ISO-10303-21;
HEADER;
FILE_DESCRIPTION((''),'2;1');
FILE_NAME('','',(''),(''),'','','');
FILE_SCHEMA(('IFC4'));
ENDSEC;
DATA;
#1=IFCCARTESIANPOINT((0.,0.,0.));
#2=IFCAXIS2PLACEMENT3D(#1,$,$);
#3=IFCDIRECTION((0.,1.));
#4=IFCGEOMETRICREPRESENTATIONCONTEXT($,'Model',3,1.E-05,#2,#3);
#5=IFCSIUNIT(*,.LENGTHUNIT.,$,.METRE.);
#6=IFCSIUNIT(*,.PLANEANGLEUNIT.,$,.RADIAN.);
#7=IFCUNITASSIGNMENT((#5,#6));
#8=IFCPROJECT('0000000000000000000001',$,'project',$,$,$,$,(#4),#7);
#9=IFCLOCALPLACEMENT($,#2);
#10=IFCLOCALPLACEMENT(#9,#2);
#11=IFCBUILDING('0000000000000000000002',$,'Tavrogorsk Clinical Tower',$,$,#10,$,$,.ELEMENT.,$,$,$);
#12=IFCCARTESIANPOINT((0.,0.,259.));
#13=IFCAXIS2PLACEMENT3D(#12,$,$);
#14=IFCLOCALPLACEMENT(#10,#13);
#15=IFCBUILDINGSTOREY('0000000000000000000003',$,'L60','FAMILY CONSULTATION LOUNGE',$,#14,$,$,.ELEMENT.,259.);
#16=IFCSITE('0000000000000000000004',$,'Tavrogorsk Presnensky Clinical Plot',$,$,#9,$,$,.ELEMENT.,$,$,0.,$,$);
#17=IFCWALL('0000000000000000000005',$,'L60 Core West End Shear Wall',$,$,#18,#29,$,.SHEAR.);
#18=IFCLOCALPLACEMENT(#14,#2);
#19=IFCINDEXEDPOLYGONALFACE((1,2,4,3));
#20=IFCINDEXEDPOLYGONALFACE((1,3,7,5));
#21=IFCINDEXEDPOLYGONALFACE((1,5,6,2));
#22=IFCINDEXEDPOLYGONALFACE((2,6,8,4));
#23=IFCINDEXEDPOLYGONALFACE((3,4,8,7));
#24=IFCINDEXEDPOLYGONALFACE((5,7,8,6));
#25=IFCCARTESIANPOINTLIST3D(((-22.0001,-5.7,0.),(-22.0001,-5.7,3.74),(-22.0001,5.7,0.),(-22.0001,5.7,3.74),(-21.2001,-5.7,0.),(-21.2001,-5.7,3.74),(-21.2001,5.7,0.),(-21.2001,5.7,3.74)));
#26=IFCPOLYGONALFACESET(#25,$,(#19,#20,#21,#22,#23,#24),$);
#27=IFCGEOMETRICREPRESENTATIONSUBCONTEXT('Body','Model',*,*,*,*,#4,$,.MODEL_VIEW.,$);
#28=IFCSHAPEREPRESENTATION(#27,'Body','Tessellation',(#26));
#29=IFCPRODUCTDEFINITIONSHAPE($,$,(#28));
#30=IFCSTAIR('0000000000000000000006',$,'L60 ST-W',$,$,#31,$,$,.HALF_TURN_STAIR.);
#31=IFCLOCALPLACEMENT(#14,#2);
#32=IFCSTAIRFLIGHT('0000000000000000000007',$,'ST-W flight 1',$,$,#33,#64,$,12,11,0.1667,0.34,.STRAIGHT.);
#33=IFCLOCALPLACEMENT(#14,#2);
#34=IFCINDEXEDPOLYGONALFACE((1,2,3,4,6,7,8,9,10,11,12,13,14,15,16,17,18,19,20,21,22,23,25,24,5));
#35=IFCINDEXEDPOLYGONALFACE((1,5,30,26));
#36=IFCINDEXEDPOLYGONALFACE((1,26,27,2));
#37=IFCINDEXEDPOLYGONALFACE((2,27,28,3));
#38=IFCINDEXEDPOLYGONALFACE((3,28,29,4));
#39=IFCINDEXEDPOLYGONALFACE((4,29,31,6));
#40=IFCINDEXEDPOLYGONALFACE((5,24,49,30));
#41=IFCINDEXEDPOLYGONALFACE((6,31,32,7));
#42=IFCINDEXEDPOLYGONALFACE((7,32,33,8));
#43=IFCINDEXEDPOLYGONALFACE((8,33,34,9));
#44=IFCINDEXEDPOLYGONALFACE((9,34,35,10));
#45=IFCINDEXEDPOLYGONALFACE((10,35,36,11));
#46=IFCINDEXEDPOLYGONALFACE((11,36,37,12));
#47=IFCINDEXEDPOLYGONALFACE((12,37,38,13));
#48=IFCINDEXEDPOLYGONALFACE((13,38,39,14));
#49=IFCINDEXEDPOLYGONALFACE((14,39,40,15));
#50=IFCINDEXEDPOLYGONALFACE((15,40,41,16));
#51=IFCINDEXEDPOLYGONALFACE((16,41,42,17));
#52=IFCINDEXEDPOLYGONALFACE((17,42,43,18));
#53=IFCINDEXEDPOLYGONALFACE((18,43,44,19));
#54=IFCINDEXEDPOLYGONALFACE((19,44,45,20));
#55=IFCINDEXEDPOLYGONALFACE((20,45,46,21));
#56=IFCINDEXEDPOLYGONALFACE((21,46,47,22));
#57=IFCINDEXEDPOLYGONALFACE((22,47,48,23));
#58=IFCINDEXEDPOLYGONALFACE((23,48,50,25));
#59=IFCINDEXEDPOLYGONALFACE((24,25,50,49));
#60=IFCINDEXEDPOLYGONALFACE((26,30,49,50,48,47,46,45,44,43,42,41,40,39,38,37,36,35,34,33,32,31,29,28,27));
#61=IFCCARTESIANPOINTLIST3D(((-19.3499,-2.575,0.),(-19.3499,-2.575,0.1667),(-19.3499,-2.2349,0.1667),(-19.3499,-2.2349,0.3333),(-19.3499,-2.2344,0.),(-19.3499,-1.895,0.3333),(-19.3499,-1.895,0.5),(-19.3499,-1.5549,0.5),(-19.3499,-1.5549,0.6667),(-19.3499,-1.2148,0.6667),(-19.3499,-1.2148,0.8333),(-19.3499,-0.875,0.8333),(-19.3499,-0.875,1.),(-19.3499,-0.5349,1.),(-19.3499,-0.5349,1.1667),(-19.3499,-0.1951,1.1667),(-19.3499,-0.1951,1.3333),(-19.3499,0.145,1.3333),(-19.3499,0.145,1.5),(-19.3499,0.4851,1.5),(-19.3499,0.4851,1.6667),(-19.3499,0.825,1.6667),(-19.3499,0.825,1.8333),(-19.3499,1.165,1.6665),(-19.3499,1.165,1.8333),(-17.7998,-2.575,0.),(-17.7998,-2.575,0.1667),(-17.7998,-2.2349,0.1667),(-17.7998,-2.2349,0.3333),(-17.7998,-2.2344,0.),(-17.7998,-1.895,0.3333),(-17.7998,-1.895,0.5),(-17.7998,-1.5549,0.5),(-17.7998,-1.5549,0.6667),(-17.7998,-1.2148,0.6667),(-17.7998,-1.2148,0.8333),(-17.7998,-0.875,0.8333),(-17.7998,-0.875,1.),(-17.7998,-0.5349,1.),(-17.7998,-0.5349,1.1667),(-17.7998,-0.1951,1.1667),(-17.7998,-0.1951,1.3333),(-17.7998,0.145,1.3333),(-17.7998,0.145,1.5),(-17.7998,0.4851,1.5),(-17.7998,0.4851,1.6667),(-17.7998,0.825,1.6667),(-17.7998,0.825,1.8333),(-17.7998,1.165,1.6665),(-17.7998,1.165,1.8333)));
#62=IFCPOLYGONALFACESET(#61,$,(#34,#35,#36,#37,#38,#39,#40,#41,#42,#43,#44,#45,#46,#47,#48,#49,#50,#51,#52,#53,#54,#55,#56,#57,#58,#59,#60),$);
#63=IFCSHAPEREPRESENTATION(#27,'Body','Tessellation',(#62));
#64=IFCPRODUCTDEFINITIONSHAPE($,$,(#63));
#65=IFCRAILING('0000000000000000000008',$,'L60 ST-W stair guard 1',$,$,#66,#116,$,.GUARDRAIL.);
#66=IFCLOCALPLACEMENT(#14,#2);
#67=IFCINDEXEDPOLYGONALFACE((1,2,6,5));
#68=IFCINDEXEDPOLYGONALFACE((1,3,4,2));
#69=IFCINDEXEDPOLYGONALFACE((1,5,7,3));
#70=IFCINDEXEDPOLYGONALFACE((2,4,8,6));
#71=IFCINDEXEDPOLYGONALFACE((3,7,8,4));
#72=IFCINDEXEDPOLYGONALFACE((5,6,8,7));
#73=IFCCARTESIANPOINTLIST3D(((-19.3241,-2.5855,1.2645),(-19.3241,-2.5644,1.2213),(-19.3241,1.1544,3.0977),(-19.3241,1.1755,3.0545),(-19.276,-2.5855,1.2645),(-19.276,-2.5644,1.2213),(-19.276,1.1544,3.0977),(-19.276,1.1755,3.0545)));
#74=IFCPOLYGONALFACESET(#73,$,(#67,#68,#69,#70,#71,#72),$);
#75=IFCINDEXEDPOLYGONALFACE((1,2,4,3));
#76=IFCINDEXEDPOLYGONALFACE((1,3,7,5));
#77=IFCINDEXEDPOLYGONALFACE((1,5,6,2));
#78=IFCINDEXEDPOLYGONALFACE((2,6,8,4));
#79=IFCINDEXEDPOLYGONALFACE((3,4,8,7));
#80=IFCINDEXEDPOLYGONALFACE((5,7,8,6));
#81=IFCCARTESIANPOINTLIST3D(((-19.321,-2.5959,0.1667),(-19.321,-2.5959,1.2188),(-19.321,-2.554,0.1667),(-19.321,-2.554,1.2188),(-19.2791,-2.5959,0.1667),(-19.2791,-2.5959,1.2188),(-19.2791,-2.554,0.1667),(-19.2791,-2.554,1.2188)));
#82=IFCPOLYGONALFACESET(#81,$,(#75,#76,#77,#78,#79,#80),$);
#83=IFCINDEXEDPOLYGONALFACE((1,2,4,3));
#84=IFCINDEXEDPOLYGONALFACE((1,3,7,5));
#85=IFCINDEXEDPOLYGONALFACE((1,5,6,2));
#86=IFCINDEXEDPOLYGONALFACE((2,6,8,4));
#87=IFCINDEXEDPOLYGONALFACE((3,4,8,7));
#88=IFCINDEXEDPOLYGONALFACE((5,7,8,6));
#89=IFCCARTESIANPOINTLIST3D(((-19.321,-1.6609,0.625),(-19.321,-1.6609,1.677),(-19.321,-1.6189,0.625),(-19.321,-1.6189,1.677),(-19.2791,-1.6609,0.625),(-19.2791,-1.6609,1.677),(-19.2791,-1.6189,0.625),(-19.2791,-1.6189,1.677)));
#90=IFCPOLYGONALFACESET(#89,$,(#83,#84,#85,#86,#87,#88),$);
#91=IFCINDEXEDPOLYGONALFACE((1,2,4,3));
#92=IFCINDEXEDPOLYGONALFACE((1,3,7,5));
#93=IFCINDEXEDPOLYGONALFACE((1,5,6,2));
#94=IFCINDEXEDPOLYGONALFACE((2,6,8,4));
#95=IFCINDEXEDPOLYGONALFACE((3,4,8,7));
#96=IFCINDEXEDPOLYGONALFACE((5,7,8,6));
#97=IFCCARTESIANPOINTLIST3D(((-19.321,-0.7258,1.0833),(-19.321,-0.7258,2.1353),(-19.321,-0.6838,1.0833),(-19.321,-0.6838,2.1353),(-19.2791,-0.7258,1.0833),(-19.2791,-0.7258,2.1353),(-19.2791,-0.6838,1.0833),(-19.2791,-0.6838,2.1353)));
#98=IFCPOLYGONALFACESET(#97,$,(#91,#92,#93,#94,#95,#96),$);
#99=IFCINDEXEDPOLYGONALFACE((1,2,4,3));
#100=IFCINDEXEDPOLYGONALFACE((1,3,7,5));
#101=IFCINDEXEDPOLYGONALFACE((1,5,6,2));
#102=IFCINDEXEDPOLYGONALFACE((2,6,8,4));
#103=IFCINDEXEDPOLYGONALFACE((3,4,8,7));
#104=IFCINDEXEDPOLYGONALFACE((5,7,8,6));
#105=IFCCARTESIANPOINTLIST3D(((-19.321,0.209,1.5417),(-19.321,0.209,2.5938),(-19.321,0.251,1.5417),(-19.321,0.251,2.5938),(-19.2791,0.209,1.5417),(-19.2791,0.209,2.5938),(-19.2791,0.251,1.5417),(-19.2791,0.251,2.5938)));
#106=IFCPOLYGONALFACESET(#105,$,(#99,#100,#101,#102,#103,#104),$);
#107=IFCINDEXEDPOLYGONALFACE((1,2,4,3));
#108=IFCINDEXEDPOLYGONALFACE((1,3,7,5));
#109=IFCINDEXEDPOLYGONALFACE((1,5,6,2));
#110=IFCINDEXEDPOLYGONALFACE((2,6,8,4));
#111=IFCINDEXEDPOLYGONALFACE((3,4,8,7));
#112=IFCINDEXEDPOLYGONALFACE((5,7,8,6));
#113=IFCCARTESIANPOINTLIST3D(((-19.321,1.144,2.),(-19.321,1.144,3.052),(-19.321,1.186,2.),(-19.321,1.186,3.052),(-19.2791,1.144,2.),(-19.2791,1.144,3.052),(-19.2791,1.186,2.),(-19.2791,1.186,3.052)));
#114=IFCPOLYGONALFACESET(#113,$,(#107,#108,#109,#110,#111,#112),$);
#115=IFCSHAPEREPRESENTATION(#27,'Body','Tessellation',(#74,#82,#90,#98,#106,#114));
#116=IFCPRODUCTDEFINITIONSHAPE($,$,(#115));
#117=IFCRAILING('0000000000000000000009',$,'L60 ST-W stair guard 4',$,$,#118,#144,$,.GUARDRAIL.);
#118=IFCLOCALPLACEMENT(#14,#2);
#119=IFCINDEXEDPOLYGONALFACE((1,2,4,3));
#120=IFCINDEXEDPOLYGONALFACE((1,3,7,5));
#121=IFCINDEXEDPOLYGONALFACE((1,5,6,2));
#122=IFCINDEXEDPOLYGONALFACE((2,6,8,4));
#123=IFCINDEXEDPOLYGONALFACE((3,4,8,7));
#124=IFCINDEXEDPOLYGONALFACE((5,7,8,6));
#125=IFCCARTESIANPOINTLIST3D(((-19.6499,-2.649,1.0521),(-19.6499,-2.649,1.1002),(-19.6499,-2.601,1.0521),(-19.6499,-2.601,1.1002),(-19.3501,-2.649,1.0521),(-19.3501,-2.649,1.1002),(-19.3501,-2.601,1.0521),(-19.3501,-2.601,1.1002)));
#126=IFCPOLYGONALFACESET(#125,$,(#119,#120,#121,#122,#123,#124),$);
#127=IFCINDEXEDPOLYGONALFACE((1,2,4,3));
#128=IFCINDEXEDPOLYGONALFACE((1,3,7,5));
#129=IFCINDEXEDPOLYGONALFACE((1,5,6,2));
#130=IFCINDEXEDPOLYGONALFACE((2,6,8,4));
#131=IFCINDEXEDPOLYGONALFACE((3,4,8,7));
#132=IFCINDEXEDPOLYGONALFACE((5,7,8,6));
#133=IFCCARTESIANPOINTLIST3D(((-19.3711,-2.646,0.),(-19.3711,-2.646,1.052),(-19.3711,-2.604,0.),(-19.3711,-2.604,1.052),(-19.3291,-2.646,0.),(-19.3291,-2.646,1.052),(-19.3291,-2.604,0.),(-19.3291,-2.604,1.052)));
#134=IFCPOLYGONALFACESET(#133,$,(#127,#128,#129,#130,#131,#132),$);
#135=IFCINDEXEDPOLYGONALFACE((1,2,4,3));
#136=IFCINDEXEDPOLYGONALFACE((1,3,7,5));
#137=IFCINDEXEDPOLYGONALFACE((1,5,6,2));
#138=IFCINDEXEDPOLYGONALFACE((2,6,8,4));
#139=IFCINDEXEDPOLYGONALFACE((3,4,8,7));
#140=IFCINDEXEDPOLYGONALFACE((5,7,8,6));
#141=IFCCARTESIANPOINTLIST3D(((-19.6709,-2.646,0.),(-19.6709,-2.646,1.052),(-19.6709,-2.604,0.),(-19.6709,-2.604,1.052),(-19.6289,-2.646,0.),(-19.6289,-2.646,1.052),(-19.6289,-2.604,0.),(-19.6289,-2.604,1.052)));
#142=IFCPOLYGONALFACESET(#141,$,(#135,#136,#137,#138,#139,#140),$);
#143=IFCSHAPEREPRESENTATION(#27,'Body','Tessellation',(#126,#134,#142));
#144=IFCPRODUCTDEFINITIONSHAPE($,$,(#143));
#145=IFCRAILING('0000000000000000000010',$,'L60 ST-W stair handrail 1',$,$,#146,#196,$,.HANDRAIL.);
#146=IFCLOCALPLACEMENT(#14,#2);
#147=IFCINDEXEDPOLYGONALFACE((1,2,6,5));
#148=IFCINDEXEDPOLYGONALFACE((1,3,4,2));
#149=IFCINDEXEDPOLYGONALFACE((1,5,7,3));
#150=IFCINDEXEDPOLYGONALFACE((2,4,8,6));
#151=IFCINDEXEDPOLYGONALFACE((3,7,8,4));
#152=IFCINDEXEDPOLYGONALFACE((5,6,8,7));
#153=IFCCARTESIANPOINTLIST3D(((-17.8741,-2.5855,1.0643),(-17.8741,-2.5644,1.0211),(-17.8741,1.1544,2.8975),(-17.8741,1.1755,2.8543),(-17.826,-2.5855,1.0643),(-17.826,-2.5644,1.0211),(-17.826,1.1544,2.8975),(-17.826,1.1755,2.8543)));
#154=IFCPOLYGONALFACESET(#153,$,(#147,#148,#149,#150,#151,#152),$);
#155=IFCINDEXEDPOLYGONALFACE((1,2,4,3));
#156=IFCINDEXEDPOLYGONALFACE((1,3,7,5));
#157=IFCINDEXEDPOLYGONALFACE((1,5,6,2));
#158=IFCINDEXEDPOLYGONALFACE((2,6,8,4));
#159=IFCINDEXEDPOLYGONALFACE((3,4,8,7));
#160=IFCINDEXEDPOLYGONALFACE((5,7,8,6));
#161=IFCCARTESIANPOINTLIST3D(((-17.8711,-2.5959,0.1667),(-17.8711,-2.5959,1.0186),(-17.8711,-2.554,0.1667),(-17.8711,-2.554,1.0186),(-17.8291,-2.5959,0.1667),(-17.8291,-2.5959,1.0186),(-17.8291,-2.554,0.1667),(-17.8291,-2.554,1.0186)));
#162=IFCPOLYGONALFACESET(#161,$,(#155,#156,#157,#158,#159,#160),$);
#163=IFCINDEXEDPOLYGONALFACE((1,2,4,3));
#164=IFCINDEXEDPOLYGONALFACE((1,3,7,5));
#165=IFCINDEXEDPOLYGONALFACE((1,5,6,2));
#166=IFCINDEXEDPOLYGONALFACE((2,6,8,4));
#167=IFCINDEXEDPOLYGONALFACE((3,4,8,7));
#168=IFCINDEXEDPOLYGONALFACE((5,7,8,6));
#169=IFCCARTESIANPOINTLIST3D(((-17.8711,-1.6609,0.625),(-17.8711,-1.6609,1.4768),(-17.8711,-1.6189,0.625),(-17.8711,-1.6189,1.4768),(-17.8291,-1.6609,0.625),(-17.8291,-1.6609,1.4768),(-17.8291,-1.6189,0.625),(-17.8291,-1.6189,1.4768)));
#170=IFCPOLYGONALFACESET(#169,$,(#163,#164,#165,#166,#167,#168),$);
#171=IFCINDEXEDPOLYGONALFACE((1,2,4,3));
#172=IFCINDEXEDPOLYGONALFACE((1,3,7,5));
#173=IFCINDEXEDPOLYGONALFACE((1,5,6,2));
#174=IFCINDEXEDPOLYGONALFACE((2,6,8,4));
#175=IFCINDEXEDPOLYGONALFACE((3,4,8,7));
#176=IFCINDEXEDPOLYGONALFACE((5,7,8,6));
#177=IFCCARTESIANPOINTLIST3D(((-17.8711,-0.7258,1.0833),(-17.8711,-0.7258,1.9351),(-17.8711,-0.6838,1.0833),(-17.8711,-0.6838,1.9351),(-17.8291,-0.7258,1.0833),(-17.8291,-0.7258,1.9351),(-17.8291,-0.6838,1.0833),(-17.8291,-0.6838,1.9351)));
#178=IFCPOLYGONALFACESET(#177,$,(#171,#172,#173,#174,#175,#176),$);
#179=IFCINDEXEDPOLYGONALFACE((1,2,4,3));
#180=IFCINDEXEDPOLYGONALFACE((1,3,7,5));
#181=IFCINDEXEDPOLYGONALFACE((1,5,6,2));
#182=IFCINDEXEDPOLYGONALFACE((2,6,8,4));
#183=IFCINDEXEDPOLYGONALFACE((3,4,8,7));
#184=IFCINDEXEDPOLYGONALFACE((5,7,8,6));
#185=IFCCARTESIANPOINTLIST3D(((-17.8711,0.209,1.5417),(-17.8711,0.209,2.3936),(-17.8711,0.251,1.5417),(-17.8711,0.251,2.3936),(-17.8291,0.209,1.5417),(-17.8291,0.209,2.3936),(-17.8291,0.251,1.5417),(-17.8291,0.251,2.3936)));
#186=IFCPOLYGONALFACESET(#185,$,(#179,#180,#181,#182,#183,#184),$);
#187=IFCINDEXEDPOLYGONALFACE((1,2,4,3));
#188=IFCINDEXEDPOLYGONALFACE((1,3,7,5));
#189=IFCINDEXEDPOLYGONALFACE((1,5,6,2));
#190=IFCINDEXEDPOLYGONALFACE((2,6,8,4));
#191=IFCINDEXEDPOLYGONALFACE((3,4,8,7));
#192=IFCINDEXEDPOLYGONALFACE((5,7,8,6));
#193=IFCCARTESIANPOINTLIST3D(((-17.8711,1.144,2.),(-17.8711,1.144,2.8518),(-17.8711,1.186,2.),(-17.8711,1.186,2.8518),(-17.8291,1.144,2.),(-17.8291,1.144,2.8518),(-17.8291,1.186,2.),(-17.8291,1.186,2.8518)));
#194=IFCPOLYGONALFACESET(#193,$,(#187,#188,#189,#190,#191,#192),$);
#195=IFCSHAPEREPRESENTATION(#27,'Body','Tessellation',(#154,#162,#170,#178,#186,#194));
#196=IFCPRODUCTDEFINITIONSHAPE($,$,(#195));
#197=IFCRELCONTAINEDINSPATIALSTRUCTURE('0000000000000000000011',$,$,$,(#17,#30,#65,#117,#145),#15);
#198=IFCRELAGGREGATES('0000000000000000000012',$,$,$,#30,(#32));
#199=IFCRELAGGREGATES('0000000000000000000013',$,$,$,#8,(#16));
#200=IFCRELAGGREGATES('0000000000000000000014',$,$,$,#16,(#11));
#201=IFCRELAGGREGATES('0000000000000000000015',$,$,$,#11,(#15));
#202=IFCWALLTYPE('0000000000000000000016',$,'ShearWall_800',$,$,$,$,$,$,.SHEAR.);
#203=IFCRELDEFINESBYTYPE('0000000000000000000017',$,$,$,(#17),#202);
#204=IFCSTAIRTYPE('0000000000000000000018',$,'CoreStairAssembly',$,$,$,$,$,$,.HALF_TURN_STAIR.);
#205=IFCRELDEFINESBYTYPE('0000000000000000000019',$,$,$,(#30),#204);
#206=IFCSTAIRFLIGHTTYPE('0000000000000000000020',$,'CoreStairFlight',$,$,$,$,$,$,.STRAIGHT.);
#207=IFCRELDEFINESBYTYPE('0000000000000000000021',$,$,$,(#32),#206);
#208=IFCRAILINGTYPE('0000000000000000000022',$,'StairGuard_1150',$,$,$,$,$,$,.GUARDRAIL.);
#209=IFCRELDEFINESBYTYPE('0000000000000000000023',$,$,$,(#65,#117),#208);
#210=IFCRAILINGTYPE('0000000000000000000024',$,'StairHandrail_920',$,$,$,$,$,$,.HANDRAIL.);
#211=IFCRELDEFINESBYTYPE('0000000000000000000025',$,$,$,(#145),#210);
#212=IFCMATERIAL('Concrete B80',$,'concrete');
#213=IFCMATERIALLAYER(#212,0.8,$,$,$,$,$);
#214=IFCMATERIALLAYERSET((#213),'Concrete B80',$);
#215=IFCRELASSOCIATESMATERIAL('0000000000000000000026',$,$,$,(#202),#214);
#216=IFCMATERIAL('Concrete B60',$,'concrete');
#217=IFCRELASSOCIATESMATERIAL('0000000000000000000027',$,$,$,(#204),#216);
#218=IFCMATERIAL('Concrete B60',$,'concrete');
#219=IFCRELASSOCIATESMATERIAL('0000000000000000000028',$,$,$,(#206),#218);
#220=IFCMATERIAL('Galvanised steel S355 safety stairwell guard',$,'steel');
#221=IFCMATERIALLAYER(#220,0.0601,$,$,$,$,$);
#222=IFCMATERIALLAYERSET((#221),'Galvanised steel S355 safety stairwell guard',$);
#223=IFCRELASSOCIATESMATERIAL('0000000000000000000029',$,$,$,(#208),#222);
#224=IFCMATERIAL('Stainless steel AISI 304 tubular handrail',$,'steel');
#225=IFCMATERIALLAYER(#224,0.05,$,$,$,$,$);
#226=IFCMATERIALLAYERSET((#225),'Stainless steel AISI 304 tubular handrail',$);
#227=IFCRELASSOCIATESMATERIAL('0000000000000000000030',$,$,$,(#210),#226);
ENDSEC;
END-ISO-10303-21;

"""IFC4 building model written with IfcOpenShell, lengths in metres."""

from ifc_helpers import new_model, si_unit, direction, frame, frame_2d, origin, origin_2d, place, context, subcontext, project, spatial, polyline, rectangle, outline, extrude, material, layer, layer_set, type_object, element, aggregate, save


model = new_model("IFC4")

# Units and contexts
model_context = context("Model", 3, precision=1e-05, world=origin(), true_north=direction((0.0, 1.0)))
body_context = subcontext(model_context, "Body", "Model", "MODEL_VIEW")
ifc_project = project(units=[si_unit("LENGTHUNIT", "METRE"), si_unit("PLANEANGLEUNIT", "RADIAN")], contexts=[model_context])

# Site, building, storey
site_placement = place(None, origin())
site = spatial("IfcSite", under=ifc_project, at=site_placement, Name="Tavrogorsk Presnensky Clinical Plot", CompositionType="ELEMENT", RefElevation=0.0)
building_placement = place(site_placement, origin())
building = spatial("IfcBuilding", under=site, at=building_placement, Name="Tavrogorsk Clinical Tower", CompositionType="ELEMENT")
storey_placement = place(building_placement, frame((0.0, 0.0, 259.0)))
storey = spatial("IfcBuildingStorey", under=building, at=storey_placement, Name="L60", Description="FAMILY CONSULTATION LOUNGE", CompositionType="ELEMENT", Elevation=259.0)

# Wall
ifc_material_1 = material(Name="Concrete B80", Category="concrete")
ifc_layer_1 = layer(ifc_material_1, 0.8)
ifc_layer_set_1 = layer_set([ifc_layer_1], Name="Concrete B80")
wall_type_1 = type_object("IfcWallType", Name="ShearWall_800", PredefinedType="SHEAR", material=ifc_layer_set_1)
wall_1_placement = place(storey_placement, frame((-21.6001, -5.7, 0.0), z_axis=(0.0, 0.0, 1.0), x_axis=(0.0, 1.0, 0.0)))
element("IfcWall", 1, at=wall_1_placement, inside=storey, type_object=wall_type_1, Name="L60 Core West End Shear Wall", PredefinedType="SHEAR", context=body_context, shape_type="SweptSolid", body=[
    extrude(rectangle(XDim=11.3999, YDim=0.8, at=frame_2d((5.7, 0.0))), origin(), (0.0, 0.0, 1.0), 3.74),
])

# Stair, stair flight
ifc_material_2 = material(Name="Concrete B60", Category="concrete")
stair_type = type_object("IfcStairType", Name="CoreStairAssembly", PredefinedType="HALF_TURN_STAIR", material=ifc_material_2)
stair_placement = place(storey_placement, origin())
stair = element("IfcStair", 2, at=stair_placement, inside=storey, type_object=stair_type, Name="L60 ST-W", PredefinedType="HALF_TURN_STAIR")
ifc_material_3 = material(Name="Concrete B60", Category="concrete")
stair_flight_type = type_object("IfcStairFlightType", Name="CoreStairFlight", PredefinedType="STRAIGHT", material=ifc_material_3)
stair_flight_placement = place(storey_placement, frame((-18.575, -2.575, 0.0), z_axis=(0.0, 0.0, 1.0), x_axis=(0.0, 1.0, 0.0)))
stair_flight = element("IfcStairFlight", 3, at=stair_flight_placement, type_object=stair_flight_type, Name="ST-W flight 1", NumberOfRisers=12, NumberOfTreads=11, PredefinedType="STRAIGHT", RiserHeight=0.1667, TreadLength=0.34, context=body_context, shape_type="SweptSolid", body=[
    extrude(outline(polyline([(0.0, 0.0), (0.0, 0.1667), (0.3401, 0.1667), (0.3401, 0.3333), (0.6799, 0.3333), (0.6799, 0.5), (1.02, 0.5), (1.02, 0.6667), (1.3601, 0.6667), (1.3601, 0.8333), (1.7, 0.8333), (1.7, 1.0), (2.04, 1.0), (2.04, 1.1667), (2.3799, 1.1667), (2.3799, 1.3333), (2.72, 1.3333), (2.72, 1.5), (3.0601, 1.5), (3.0601, 1.6667), (3.3999, 1.6667), (3.3999, 1.8333), (3.74, 1.8333), (3.74, 2.0), (3.74, 1.6665), (0.3406, 0.0), (0.0, 0.0)])), frame((0.0, 0.7749, 0.0), z_axis=(0.0, -1.0, 0.0), x_axis=(1.0, 0.0, 0.0)), (0.0, 0.0, 1.0), 1.55),
])
aggregate(stair, [stair_flight])

# Railings
ifc_material_4 = material(Name="Galvanised steel S355 safety stairwell guard", Category="steel")
ifc_layer_2 = layer(ifc_material_4, 0.0601)
ifc_layer_set_2 = layer_set([ifc_layer_2], Name="Galvanised steel S355 safety stairwell guard")
railing_type_1 = type_object("IfcRailingType", Name="StairGuard_1150", PredefinedType="GUARDRAIL", material=ifc_layer_set_2)
railing_1_placement = place(storey_placement, frame((-19.3, -2.575, 0.1667)))
element("IfcRailing", 4, at=railing_1_placement, inside=storey, type_object=railing_type_1, Name="L60 ST-W stair guard 1", PredefinedType="GUARDRAIL", context=body_context, shape_type="SweptSolid", body=[
    extrude(rectangle(XDim=0.0481, YDim=0.0481, at=origin_2d()), frame((0.0, 0.0, 1.0762), z_axis=(0.0, 0.897928, 0.440142), x_axis=(-1.0, 0.0, 0.0)), (0.0, 0.0, 1.0), 4.165),
    extrude(rectangle(XDim=0.042, YDim=0.042, at=origin_2d()), origin(), (0.0, 0.0, 1.0), 1.052),
    extrude(rectangle(XDim=0.042, YDim=0.042, at=origin_2d()), frame((0.0, 0.9351, 0.4583)), (0.0, 0.0, 1.0), 1.052),
    extrude(rectangle(XDim=0.042, YDim=0.042, at=origin_2d()), frame((0.0, 1.8701, 0.9165)), (0.0, 0.0, 1.0), 1.052),
    extrude(rectangle(XDim=0.042, YDim=0.042, at=origin_2d()), frame((0.0, 2.8049, 1.375)), (0.0, 0.0, 1.0), 1.052),
    extrude(rectangle(XDim=0.042, YDim=0.042, at=origin_2d()), frame((0.0, 3.74, 1.8333)), (0.0, 0.0, 1.0), 1.052),
])
railing_2_placement = place(storey_placement, frame((-19.3501, -2.625, 0.0)))
element("IfcRailing", 5, at=railing_2_placement, inside=storey, type_object=railing_type_1, Name="L60 ST-W stair guard 4", PredefinedType="GUARDRAIL", context=body_context, shape_type="SweptSolid", body=[
    extrude(rectangle(XDim=0.0481, YDim=0.0481, at=origin_2d()), frame((0.0, 0.0, 1.0762), z_axis=(-1.0, 0.0, 0.0), x_axis=(0.0, -1.0, 0.0)), (0.0, 0.0, 1.0), 0.2998),
    extrude(rectangle(XDim=0.042, YDim=0.042, at=origin_2d()), origin(), (0.0, 0.0, 1.0), 1.052),
    extrude(rectangle(XDim=0.042, YDim=0.042, at=origin_2d()), frame((-0.2998, 0.0, 0.0)), (0.0, 0.0, 1.0), 1.052),
])
ifc_material_5 = material(Name="Stainless steel AISI 304 tubular handrail", Category="steel")
ifc_layer_3 = layer(ifc_material_5, 0.05)
ifc_layer_set_3 = layer_set([ifc_layer_3], Name="Stainless steel AISI 304 tubular handrail")
railing_type_2 = type_object("IfcRailingType", Name="StairHandrail_920", PredefinedType="HANDRAIL", material=ifc_layer_set_3)
railing_3_placement = place(storey_placement, frame((-17.8501, -2.575, 0.1667)))
element("IfcRailing", 6, at=railing_3_placement, inside=storey, type_object=railing_type_2, Name="L60 ST-W stair handrail 1", PredefinedType="HANDRAIL", context=body_context, shape_type="SweptSolid", body=[
    extrude(rectangle(XDim=0.0481, YDim=0.0481, at=origin_2d()), frame((0.0, 0.0, 0.876), z_axis=(0.0, 0.897928, 0.440142), x_axis=(-1.0, 0.0, 0.0)), (0.0, 0.0, 1.0), 4.165),
    extrude(rectangle(XDim=0.042, YDim=0.042, at=origin_2d()), origin(), (0.0, 0.0, 1.0), 0.8518),
    extrude(rectangle(XDim=0.042, YDim=0.042, at=origin_2d()), frame((0.0, 0.9351, 0.4583)), (0.0, 0.0, 1.0), 0.8518),
    extrude(rectangle(XDim=0.042, YDim=0.042, at=origin_2d()), frame((0.0, 1.8701, 0.9165)), (0.0, 0.0, 1.0), 0.8518),
    extrude(rectangle(XDim=0.042, YDim=0.042, at=origin_2d()), frame((0.0, 2.8049, 1.375)), (0.0, 0.0, 1.0), 0.8518),
    extrude(rectangle(XDim=0.042, YDim=0.042, at=origin_2d()), frame((0.0, 3.74, 1.8333)), (0.0, 0.0, 1.0), 0.8518),
])

save(model, "model.ifc")
